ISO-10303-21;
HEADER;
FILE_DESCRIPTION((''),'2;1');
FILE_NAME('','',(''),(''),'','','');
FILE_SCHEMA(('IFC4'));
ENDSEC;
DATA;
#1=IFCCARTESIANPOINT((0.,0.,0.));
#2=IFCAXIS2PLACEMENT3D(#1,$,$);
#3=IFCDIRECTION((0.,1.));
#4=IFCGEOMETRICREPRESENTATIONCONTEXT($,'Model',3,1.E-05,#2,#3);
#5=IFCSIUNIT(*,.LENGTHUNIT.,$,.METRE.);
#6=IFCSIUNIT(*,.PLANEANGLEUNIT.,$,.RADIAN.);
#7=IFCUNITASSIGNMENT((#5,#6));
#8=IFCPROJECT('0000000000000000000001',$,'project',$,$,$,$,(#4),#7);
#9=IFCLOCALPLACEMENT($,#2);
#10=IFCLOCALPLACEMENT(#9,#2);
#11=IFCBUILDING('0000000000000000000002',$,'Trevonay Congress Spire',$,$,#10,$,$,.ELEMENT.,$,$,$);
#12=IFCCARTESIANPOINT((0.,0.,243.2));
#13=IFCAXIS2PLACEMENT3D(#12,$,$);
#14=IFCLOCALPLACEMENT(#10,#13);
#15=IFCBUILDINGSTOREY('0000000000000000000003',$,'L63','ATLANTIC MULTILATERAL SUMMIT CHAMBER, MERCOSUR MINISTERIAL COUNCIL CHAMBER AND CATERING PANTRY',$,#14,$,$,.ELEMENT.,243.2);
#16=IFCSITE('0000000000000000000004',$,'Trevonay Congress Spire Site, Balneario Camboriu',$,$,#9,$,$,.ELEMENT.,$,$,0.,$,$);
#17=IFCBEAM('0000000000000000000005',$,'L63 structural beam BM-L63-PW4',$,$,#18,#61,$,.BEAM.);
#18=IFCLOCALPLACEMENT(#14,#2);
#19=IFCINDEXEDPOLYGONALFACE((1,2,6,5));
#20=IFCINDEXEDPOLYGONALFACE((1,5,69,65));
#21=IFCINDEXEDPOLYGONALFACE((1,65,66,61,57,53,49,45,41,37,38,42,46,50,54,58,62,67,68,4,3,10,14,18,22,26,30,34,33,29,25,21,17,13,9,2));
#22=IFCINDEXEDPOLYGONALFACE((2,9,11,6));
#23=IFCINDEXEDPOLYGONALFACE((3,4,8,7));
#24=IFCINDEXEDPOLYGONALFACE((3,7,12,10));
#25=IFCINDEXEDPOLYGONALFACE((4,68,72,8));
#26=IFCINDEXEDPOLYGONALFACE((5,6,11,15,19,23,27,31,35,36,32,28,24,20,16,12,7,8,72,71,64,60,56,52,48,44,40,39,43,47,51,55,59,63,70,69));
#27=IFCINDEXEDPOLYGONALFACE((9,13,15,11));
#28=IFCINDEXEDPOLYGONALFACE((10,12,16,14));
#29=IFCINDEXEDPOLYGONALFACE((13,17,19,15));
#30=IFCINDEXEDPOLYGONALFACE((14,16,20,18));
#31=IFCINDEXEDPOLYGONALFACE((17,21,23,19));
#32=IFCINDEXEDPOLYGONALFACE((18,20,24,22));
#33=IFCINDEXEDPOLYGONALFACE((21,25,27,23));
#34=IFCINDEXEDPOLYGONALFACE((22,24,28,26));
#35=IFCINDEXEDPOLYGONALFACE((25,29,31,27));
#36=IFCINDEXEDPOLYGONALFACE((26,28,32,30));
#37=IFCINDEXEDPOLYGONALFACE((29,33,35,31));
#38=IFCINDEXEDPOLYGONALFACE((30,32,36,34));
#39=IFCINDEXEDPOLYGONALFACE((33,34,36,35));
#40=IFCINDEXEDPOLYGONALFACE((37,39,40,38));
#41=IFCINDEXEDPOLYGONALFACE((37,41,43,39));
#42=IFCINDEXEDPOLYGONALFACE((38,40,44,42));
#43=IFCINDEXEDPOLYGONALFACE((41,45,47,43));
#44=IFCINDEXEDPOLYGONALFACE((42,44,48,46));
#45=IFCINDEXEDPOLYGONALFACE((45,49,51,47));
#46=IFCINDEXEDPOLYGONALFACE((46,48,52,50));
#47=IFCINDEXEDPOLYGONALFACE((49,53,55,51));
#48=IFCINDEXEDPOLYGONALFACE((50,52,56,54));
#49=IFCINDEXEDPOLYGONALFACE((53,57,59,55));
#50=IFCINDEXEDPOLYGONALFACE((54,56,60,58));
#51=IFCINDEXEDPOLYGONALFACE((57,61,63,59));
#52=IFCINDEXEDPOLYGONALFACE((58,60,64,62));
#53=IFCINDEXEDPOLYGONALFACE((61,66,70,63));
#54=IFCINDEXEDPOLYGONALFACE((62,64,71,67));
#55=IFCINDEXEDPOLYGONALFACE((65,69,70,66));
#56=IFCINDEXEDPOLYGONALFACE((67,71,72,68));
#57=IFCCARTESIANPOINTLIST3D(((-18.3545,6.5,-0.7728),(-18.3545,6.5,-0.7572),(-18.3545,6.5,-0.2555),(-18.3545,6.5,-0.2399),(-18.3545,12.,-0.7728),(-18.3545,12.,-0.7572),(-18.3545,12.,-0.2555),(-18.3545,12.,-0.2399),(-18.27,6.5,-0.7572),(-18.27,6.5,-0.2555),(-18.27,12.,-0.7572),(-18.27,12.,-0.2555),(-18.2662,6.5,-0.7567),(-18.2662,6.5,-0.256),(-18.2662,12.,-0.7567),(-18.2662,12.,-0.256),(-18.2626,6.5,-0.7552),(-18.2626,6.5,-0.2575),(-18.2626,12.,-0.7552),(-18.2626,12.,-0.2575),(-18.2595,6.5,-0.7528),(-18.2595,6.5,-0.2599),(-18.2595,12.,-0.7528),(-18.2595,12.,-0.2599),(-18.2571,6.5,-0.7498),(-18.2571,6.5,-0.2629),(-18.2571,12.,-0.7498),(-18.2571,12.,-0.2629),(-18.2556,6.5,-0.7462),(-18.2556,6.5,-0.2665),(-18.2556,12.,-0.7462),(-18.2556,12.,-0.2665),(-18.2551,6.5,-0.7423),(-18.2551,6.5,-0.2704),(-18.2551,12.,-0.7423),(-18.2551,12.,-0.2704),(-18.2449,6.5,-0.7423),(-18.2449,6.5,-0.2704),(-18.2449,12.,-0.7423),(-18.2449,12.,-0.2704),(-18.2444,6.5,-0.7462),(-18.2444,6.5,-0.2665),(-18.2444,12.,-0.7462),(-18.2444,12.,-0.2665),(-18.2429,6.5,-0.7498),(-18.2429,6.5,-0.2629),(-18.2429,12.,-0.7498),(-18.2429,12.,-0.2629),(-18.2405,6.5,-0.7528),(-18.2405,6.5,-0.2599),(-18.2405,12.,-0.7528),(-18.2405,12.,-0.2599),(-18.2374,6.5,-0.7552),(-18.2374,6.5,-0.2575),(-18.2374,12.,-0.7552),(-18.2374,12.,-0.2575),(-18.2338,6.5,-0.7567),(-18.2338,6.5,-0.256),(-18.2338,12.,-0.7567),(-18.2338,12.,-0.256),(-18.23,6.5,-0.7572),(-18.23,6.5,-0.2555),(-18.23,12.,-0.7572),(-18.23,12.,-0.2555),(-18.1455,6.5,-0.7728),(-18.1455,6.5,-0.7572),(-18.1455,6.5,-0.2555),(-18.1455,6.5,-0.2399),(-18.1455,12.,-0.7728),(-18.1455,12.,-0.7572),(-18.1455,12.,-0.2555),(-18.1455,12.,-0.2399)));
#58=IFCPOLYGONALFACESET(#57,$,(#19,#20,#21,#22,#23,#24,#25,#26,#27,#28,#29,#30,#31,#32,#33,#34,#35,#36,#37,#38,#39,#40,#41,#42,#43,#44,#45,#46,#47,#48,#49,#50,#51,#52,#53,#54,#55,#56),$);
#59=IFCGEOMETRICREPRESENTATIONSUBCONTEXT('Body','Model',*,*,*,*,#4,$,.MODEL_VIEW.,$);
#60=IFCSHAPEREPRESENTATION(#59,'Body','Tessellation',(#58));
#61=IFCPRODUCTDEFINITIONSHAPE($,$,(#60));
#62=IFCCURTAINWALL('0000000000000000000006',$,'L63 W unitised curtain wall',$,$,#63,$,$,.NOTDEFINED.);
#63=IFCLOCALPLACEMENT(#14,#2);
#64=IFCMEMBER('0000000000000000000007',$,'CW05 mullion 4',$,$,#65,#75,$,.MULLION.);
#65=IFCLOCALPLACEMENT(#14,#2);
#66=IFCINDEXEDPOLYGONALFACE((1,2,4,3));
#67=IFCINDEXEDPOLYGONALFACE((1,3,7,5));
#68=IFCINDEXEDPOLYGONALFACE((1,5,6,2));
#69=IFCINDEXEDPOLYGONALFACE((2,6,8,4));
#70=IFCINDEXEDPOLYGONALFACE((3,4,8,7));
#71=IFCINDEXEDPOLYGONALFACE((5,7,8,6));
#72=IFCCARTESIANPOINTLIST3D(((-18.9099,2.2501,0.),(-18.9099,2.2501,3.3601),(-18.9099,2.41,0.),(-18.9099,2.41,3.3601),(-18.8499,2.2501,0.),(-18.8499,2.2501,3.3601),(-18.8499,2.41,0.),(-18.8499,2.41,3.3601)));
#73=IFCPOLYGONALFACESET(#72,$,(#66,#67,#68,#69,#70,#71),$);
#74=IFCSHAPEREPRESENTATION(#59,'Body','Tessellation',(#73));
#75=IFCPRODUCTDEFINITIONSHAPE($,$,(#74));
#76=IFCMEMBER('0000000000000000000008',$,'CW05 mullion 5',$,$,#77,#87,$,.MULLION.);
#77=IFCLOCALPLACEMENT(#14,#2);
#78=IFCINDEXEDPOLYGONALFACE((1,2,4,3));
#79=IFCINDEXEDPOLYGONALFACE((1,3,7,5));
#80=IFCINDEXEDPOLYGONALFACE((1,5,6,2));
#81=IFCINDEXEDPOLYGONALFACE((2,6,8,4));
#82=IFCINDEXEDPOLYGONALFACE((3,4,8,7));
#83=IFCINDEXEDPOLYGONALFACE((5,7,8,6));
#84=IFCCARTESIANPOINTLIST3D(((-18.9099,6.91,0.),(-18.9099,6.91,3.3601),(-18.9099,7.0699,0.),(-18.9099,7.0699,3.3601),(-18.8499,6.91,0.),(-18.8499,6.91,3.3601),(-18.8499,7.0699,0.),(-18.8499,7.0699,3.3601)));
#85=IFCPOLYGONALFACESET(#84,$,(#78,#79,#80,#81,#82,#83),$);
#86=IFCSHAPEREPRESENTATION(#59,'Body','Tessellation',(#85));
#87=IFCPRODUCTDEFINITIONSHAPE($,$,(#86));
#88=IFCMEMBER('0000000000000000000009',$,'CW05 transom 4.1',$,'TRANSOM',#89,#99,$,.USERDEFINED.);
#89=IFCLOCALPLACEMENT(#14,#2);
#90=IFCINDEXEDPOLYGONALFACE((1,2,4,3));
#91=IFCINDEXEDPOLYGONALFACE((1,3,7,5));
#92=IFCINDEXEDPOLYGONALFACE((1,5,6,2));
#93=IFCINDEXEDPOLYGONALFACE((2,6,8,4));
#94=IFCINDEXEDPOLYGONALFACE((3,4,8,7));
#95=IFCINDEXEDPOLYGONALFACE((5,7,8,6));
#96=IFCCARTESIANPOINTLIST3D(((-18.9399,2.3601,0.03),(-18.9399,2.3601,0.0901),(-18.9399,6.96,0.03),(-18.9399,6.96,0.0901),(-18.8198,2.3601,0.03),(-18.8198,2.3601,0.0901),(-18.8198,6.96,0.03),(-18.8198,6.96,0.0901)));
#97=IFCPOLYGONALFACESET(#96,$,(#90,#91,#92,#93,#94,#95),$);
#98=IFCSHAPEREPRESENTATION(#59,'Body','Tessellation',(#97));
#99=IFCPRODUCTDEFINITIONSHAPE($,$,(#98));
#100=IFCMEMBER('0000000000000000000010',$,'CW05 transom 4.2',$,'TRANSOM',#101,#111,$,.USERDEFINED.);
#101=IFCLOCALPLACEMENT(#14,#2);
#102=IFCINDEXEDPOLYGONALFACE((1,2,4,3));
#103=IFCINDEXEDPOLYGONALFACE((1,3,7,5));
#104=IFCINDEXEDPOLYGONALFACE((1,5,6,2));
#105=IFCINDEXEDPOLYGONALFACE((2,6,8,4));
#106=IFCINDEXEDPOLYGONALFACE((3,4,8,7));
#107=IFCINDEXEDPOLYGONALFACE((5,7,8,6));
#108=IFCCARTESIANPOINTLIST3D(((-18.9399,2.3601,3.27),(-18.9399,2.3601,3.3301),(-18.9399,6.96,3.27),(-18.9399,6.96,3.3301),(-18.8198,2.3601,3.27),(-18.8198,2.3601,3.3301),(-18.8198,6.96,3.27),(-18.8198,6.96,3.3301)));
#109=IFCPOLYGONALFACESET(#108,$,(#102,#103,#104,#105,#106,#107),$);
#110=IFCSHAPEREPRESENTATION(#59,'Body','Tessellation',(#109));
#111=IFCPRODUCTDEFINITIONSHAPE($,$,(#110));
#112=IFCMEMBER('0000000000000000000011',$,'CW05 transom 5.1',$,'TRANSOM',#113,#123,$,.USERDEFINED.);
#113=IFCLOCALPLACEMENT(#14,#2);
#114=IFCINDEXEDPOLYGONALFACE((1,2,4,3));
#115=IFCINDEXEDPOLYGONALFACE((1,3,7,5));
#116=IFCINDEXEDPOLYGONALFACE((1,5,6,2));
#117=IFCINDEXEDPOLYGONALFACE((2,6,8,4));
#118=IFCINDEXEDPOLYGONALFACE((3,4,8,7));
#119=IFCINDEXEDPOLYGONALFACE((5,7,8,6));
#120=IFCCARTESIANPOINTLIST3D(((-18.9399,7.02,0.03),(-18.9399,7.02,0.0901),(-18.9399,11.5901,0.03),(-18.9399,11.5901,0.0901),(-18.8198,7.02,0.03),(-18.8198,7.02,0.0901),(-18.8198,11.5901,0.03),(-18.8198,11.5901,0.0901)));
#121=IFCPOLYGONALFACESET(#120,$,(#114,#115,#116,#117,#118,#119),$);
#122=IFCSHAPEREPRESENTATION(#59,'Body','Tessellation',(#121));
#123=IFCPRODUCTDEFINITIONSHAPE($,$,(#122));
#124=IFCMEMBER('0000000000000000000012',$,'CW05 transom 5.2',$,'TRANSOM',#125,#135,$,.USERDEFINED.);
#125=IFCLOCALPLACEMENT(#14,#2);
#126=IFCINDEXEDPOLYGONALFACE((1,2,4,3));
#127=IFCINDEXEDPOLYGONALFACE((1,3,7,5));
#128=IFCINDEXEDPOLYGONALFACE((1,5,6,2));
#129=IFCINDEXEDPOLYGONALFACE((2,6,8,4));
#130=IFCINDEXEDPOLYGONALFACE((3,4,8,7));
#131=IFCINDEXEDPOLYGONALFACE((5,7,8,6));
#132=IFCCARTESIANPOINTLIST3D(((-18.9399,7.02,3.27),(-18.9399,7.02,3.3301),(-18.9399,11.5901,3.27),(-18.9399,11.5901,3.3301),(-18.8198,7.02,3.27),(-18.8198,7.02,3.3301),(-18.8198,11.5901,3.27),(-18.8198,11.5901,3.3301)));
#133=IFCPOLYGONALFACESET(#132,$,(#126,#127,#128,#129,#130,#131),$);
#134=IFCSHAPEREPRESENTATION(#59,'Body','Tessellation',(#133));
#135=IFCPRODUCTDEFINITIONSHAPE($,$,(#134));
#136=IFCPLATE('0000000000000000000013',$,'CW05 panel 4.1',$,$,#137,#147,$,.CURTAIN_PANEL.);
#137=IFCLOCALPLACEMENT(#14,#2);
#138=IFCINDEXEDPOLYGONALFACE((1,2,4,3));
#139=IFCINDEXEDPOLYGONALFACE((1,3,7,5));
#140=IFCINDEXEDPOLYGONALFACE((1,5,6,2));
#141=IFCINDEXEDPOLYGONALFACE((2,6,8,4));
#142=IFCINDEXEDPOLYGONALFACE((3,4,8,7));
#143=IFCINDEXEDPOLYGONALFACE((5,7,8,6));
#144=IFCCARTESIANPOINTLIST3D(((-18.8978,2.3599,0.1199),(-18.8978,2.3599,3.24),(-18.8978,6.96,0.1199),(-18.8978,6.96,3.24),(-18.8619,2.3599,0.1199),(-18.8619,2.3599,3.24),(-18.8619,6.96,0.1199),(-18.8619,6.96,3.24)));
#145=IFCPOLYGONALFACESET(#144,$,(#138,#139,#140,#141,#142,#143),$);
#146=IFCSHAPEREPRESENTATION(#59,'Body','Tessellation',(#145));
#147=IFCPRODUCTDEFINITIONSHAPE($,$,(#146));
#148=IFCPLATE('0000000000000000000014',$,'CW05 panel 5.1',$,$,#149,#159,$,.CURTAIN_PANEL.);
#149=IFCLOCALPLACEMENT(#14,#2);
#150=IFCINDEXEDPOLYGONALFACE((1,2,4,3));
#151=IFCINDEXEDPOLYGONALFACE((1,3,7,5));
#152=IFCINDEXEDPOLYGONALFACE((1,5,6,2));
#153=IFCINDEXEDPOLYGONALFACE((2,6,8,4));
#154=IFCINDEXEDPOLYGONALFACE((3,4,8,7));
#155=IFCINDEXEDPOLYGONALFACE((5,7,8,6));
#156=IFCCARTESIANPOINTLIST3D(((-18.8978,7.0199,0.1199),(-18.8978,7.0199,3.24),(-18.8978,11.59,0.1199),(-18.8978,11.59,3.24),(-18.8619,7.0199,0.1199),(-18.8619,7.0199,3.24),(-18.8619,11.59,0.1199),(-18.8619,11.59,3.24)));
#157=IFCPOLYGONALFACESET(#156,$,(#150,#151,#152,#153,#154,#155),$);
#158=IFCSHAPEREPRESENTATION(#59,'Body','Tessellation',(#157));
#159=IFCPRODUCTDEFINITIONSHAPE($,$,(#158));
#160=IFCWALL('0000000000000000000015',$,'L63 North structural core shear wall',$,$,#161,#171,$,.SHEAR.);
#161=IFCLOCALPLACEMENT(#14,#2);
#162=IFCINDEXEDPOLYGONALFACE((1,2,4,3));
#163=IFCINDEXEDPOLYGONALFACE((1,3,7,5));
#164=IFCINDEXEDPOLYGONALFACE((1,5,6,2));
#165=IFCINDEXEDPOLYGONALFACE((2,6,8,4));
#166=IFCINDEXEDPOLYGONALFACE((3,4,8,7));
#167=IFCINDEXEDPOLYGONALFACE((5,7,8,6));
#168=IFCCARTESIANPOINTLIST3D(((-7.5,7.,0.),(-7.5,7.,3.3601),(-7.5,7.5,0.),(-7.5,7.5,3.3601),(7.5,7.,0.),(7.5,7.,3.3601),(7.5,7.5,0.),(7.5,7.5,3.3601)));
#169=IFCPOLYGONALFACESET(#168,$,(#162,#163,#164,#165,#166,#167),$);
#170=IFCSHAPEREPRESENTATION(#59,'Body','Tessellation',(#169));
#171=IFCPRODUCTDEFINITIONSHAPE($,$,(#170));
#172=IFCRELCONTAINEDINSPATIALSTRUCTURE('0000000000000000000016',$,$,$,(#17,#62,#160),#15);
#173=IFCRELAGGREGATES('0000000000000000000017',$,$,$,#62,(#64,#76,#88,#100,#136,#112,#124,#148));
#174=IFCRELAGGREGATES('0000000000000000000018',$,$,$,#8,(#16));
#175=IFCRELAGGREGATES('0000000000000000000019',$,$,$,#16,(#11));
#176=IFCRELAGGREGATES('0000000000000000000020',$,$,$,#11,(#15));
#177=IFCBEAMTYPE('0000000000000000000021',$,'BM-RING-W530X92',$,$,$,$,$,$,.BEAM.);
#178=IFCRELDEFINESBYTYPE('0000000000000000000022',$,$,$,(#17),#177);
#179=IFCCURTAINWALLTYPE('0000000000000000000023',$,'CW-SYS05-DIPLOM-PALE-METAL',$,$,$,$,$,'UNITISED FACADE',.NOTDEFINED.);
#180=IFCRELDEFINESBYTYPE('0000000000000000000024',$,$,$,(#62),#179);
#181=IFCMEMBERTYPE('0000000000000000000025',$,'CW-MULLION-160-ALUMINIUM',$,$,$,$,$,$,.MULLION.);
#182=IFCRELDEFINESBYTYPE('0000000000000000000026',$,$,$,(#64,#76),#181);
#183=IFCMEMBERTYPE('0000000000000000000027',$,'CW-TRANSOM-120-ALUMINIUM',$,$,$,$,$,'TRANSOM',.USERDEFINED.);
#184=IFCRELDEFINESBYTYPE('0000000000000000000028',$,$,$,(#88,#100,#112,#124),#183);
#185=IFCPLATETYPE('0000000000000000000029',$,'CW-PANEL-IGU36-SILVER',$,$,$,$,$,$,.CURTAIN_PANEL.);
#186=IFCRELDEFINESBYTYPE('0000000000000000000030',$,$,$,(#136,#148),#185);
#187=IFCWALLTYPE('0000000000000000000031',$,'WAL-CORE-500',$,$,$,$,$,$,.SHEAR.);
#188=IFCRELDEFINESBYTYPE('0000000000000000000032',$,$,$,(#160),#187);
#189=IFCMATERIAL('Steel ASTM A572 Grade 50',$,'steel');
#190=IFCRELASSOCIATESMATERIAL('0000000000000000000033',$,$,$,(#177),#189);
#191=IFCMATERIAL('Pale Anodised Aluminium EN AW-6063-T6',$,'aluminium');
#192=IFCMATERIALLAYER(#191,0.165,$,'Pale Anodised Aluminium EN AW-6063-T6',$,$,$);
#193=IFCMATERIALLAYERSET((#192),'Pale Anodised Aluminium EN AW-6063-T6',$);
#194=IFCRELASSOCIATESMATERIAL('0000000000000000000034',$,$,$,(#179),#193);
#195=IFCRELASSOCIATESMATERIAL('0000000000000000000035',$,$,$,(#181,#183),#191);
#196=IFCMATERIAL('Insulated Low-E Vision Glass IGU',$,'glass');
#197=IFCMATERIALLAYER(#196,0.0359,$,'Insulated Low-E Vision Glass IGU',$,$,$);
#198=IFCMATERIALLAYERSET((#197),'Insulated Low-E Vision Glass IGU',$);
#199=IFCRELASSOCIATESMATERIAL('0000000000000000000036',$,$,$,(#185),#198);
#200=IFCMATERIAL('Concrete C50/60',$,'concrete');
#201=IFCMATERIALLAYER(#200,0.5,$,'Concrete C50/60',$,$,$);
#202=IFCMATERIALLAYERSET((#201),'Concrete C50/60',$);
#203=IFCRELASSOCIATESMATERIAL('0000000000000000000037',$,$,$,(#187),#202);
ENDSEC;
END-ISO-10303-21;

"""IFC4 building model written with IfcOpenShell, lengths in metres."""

from ifc_helpers import new_model, si_unit, direction, frame, frame_2d, origin, origin_2d, place, context, subcontext, project, spatial, rectangle, i_section, extrude, material, layer, layer_set, material_profile, profile_set, type_object, element, aggregate, save


model = new_model("IFC4")

# Units and contexts
model_context = context("Model", 3, precision=1e-05, world=origin(), true_north=direction((0.0, 1.0)))
body_context = subcontext(model_context, "Body", "Model", "MODEL_VIEW")
ifc_project = project(units=[si_unit("LENGTHUNIT", "METRE"), si_unit("PLANEANGLEUNIT", "RADIAN")], contexts=[model_context])

# Site, building, storey
site_placement = place(None, origin())
site = spatial("IfcSite", under=ifc_project, at=site_placement, Name="Trevonay Congress Spire Site, Balneario Camboriu", CompositionType="ELEMENT", RefElevation=0.0)
building_placement = place(site_placement, origin())
building = spatial("IfcBuilding", under=site, at=building_placement, Name="Trevonay Congress Spire", CompositionType="ELEMENT")
storey_placement = place(building_placement, frame((0.0, 0.0, 243.2)))
storey = spatial("IfcBuildingStorey", under=building, at=storey_placement, Name="L63", Description="ATLANTIC MULTILATERAL SUMMIT CHAMBER, MERCOSUR MINISTERIAL COUNCIL CHAMBER AND CATERING PANTRY", CompositionType="ELEMENT", Elevation=243.2)

# Shared definitions
ifc_material_1 = material(Name="Steel ASTM A572 Grade 50", Category="steel")

# Beam
ifc_material_profile_1 = material_profile(ifc_material_1, i_section(OverallWidth=0.209, OverallDepth=0.533, WebThickness=0.0103, FlangeThickness=0.0156, FilletRadius=0.0149, at=origin_2d()), Name="W530x92")
ifc_profile_set_1 = profile_set([ifc_material_profile_1], Name="Steel ASTM A572 Grade 50")
beam_type_1 = type_object("IfcBeamType", Name="BM-RING-W530X92", PredefinedType="BEAM", material=ifc_profile_set_1)
beam_1_placement = place(storey_placement, frame((-18.25, 6.5, -0.5063), z_axis=(0.0, 1.0, 0.0), x_axis=(-1.0, 0.0, 0.0)))
element("IfcBeam", 1, at=beam_1_placement, inside=storey, type_object=beam_type_1, Name="L63 structural beam BM-L63-PW4", PredefinedType="BEAM", context=body_context, shape_type="SweptSolid", body=[
    extrude(i_section(OverallWidth=0.209, OverallDepth=0.533, WebThickness=0.0103, FlangeThickness=0.0156, FilletRadius=0.0149, at=origin_2d()), origin(), (0.0, 0.0, 1.0), 5.5),
])

# Curtain wall, members, plates
ifc_material_2 = material(Name="Pale Anodised Aluminium EN AW-6063-T6", Category="aluminium")
ifc_layer_1 = layer(ifc_material_2, 0.165, Name="Pale Anodised Aluminium EN AW-6063-T6")
ifc_layer_set_1 = layer_set([ifc_layer_1], Name="Pale Anodised Aluminium EN AW-6063-T6")
curtain_wall_type = type_object("IfcCurtainWallType", Name="CW-SYS05-DIPLOM-PALE-METAL", ElementType="UNITISED FACADE", PredefinedType="NOTDEFINED", material=ifc_layer_set_1)
curtain_wall_placement = place(storey_placement, origin())
curtain_wall = element("IfcCurtainWall", 2, at=curtain_wall_placement, inside=storey, type_object=curtain_wall_type, Name="L63 W unitised curtain wall", PredefinedType="NOTDEFINED")
ifc_material_profile_2 = material_profile(ifc_material_2, rectangle(XDim=0.0601, YDim=0.1599, at=origin_2d()), Name="CW-MULLION-160-ALUMINIUM")
ifc_profile_set_2 = profile_set([ifc_material_profile_2], Name="Pale Anodised Aluminium EN AW-6063-T6")
member_type_1 = type_object("IfcMemberType", Name="CW-MULLION-160-ALUMINIUM", PredefinedType="MULLION", material=ifc_profile_set_2)
member_1_placement = place(storey_placement, frame((-18.8799, 2.3301, 0.0), z_axis=(0.0, 0.0, 1.0), x_axis=(-1.0, 0.0, 0.0)))
member_1 = element("IfcMember", 3, at=member_1_placement, type_object=member_type_1, Name="CW05 mullion 4", PredefinedType="MULLION", context=body_context, shape_type="SweptSolid", body=[
    extrude(rectangle(XDim=0.0601, YDim=0.1599, at=origin_2d()), origin(), (0.0, 0.0, 1.0), 3.3601),
])
member_2_placement = place(storey_placement, frame((-18.8799, 6.99, 0.0), z_axis=(0.0, 0.0, 1.0), x_axis=(-1.0, 0.0, 0.0)))
member_2 = element("IfcMember", 4, at=member_2_placement, type_object=member_type_1, Name="CW05 mullion 5", PredefinedType="MULLION", context=body_context, shape_type="SweptSolid", body=[
    extrude(rectangle(XDim=0.0601, YDim=0.1599, at=origin_2d()), origin(), (0.0, 0.0, 1.0), 3.3601),
])
ifc_material_profile_3 = material_profile(ifc_material_2, rectangle(XDim=0.1201, YDim=0.0601, at=origin_2d()), Name="CW-TRANSOM-120-ALUMINIUM")
ifc_profile_set_3 = profile_set([ifc_material_profile_3], Name="Pale Anodised Aluminium EN AW-6063-T6")
member_type_2 = type_object("IfcMemberType", Name="CW-TRANSOM-120-ALUMINIUM", ElementType="TRANSOM", PredefinedType="USERDEFINED", material=ifc_profile_set_3)
member_3_placement = place(storey_placement, frame((-18.8799, 2.3601, 0.0601), z_axis=(0.0, 1.0, 0.0), x_axis=(-1.0, 0.0, 0.0)))
member_3 = element("IfcMember", 5, at=member_3_placement, type_object=member_type_2, Name="CW05 transom 4.1", ObjectType="TRANSOM", PredefinedType="USERDEFINED", context=body_context, shape_type="SweptSolid", body=[
    extrude(rectangle(XDim=0.1201, YDim=0.0601, at=origin_2d()), origin(), (0.0, 0.0, 1.0), 4.5999),
])
member_4_placement = place(storey_placement, frame((-18.8799, 2.3601, 3.3), z_axis=(0.0, 1.0, 0.0), x_axis=(-1.0, 0.0, 0.0)))
member_4 = element("IfcMember", 6, at=member_4_placement, type_object=member_type_2, Name="CW05 transom 4.2", ObjectType="TRANSOM", PredefinedType="USERDEFINED", context=body_context, shape_type="SweptSolid", body=[
    extrude(rectangle(XDim=0.1201, YDim=0.0601, at=origin_2d()), origin(), (0.0, 0.0, 1.0), 4.5999),
])
member_5_placement = place(storey_placement, frame((-18.8799, 7.02, 0.0601), z_axis=(0.0, 1.0, 0.0), x_axis=(-1.0, 0.0, 0.0)))
member_5 = element("IfcMember", 7, at=member_5_placement, type_object=member_type_2, Name="CW05 transom 5.1", ObjectType="TRANSOM", PredefinedType="USERDEFINED", context=body_context, shape_type="SweptSolid", body=[
    extrude(rectangle(XDim=0.1201, YDim=0.0601, at=origin_2d()), origin(), (0.0, 0.0, 1.0), 4.5701),
])
member_6_placement = place(storey_placement, frame((-18.8799, 7.02, 3.3), z_axis=(0.0, 1.0, 0.0), x_axis=(-1.0, 0.0, 0.0)))
member_6 = element("IfcMember", 8, at=member_6_placement, type_object=member_type_2, Name="CW05 transom 5.2", ObjectType="TRANSOM", PredefinedType="USERDEFINED", context=body_context, shape_type="SweptSolid", body=[
    extrude(rectangle(XDim=0.1201, YDim=0.0601, at=origin_2d()), origin(), (0.0, 0.0, 1.0), 4.5701),
])
ifc_material_3 = material(Name="Insulated Low-E Vision Glass IGU", Category="glass")
ifc_layer_2 = layer(ifc_material_3, 0.0359, Name="Insulated Low-E Vision Glass IGU")
ifc_layer_set_2 = layer_set([ifc_layer_2], Name="Insulated Low-E Vision Glass IGU")
plate_type = type_object("IfcPlateType", Name="CW-PANEL-IGU36-SILVER", PredefinedType="CURTAIN_PANEL", material=ifc_layer_set_2)
plate_1_placement = place(storey_placement, frame((-18.8799, 4.6599, 0.1199), z_axis=(0.0, 0.0, 1.0), x_axis=(0.0, 1.0, 0.0)))
plate_1 = element("IfcPlate", 9, at=plate_1_placement, type_object=plate_type, Name="CW05 panel 4.1", PredefinedType="CURTAIN_PANEL", context=body_context, shape_type="SweptSolid", body=[
    extrude(rectangle(XDim=4.6001, YDim=0.0359, at=origin_2d()), origin(), (0.0, 0.0, 1.0), 3.1201),
])
plate_2_placement = place(storey_placement, frame((-18.8799, 9.3049, 0.1199), z_axis=(0.0, 0.0, 1.0), x_axis=(0.0, 1.0, 0.0)))
plate_2 = element("IfcPlate", 10, at=plate_2_placement, type_object=plate_type, Name="CW05 panel 5.1", PredefinedType="CURTAIN_PANEL", context=body_context, shape_type="SweptSolid", body=[
    extrude(rectangle(XDim=4.5701, YDim=0.0359, at=origin_2d()), origin(), (0.0, 0.0, 1.0), 3.1201),
])
aggregate(curtain_wall, [member_1, member_2, member_3, member_4, plate_1, member_5, member_6, plate_2])

# Wall
ifc_material_4 = material(Name="Concrete C50/60", Category="concrete")
ifc_layer_3 = layer(ifc_material_4, 0.5, Name="Concrete C50/60")
ifc_layer_set_3 = layer_set([ifc_layer_3], Name="Concrete C50/60")
wall_type_1 = type_object("IfcWallType", Name="WAL-CORE-500", PredefinedType="SHEAR", material=ifc_layer_set_3)
wall_1_placement = place(storey_placement, frame((-7.5, 7.25, 0.0), z_axis=(0.0, 0.0, 1.0), x_axis=(1.0, 0.0, 0.0)))
element("IfcWall", 11, at=wall_1_placement, inside=storey, type_object=wall_type_1, Name="L63 North structural core shear wall", PredefinedType="SHEAR", context=body_context, shape_type="SweptSolid", body=[
    extrude(rectangle(XDim=15.0, YDim=0.5, at=frame_2d((7.5, 0.0))), origin(), (0.0, 0.0, 1.0), 3.3601),
])

save(model, "model.ifc")
